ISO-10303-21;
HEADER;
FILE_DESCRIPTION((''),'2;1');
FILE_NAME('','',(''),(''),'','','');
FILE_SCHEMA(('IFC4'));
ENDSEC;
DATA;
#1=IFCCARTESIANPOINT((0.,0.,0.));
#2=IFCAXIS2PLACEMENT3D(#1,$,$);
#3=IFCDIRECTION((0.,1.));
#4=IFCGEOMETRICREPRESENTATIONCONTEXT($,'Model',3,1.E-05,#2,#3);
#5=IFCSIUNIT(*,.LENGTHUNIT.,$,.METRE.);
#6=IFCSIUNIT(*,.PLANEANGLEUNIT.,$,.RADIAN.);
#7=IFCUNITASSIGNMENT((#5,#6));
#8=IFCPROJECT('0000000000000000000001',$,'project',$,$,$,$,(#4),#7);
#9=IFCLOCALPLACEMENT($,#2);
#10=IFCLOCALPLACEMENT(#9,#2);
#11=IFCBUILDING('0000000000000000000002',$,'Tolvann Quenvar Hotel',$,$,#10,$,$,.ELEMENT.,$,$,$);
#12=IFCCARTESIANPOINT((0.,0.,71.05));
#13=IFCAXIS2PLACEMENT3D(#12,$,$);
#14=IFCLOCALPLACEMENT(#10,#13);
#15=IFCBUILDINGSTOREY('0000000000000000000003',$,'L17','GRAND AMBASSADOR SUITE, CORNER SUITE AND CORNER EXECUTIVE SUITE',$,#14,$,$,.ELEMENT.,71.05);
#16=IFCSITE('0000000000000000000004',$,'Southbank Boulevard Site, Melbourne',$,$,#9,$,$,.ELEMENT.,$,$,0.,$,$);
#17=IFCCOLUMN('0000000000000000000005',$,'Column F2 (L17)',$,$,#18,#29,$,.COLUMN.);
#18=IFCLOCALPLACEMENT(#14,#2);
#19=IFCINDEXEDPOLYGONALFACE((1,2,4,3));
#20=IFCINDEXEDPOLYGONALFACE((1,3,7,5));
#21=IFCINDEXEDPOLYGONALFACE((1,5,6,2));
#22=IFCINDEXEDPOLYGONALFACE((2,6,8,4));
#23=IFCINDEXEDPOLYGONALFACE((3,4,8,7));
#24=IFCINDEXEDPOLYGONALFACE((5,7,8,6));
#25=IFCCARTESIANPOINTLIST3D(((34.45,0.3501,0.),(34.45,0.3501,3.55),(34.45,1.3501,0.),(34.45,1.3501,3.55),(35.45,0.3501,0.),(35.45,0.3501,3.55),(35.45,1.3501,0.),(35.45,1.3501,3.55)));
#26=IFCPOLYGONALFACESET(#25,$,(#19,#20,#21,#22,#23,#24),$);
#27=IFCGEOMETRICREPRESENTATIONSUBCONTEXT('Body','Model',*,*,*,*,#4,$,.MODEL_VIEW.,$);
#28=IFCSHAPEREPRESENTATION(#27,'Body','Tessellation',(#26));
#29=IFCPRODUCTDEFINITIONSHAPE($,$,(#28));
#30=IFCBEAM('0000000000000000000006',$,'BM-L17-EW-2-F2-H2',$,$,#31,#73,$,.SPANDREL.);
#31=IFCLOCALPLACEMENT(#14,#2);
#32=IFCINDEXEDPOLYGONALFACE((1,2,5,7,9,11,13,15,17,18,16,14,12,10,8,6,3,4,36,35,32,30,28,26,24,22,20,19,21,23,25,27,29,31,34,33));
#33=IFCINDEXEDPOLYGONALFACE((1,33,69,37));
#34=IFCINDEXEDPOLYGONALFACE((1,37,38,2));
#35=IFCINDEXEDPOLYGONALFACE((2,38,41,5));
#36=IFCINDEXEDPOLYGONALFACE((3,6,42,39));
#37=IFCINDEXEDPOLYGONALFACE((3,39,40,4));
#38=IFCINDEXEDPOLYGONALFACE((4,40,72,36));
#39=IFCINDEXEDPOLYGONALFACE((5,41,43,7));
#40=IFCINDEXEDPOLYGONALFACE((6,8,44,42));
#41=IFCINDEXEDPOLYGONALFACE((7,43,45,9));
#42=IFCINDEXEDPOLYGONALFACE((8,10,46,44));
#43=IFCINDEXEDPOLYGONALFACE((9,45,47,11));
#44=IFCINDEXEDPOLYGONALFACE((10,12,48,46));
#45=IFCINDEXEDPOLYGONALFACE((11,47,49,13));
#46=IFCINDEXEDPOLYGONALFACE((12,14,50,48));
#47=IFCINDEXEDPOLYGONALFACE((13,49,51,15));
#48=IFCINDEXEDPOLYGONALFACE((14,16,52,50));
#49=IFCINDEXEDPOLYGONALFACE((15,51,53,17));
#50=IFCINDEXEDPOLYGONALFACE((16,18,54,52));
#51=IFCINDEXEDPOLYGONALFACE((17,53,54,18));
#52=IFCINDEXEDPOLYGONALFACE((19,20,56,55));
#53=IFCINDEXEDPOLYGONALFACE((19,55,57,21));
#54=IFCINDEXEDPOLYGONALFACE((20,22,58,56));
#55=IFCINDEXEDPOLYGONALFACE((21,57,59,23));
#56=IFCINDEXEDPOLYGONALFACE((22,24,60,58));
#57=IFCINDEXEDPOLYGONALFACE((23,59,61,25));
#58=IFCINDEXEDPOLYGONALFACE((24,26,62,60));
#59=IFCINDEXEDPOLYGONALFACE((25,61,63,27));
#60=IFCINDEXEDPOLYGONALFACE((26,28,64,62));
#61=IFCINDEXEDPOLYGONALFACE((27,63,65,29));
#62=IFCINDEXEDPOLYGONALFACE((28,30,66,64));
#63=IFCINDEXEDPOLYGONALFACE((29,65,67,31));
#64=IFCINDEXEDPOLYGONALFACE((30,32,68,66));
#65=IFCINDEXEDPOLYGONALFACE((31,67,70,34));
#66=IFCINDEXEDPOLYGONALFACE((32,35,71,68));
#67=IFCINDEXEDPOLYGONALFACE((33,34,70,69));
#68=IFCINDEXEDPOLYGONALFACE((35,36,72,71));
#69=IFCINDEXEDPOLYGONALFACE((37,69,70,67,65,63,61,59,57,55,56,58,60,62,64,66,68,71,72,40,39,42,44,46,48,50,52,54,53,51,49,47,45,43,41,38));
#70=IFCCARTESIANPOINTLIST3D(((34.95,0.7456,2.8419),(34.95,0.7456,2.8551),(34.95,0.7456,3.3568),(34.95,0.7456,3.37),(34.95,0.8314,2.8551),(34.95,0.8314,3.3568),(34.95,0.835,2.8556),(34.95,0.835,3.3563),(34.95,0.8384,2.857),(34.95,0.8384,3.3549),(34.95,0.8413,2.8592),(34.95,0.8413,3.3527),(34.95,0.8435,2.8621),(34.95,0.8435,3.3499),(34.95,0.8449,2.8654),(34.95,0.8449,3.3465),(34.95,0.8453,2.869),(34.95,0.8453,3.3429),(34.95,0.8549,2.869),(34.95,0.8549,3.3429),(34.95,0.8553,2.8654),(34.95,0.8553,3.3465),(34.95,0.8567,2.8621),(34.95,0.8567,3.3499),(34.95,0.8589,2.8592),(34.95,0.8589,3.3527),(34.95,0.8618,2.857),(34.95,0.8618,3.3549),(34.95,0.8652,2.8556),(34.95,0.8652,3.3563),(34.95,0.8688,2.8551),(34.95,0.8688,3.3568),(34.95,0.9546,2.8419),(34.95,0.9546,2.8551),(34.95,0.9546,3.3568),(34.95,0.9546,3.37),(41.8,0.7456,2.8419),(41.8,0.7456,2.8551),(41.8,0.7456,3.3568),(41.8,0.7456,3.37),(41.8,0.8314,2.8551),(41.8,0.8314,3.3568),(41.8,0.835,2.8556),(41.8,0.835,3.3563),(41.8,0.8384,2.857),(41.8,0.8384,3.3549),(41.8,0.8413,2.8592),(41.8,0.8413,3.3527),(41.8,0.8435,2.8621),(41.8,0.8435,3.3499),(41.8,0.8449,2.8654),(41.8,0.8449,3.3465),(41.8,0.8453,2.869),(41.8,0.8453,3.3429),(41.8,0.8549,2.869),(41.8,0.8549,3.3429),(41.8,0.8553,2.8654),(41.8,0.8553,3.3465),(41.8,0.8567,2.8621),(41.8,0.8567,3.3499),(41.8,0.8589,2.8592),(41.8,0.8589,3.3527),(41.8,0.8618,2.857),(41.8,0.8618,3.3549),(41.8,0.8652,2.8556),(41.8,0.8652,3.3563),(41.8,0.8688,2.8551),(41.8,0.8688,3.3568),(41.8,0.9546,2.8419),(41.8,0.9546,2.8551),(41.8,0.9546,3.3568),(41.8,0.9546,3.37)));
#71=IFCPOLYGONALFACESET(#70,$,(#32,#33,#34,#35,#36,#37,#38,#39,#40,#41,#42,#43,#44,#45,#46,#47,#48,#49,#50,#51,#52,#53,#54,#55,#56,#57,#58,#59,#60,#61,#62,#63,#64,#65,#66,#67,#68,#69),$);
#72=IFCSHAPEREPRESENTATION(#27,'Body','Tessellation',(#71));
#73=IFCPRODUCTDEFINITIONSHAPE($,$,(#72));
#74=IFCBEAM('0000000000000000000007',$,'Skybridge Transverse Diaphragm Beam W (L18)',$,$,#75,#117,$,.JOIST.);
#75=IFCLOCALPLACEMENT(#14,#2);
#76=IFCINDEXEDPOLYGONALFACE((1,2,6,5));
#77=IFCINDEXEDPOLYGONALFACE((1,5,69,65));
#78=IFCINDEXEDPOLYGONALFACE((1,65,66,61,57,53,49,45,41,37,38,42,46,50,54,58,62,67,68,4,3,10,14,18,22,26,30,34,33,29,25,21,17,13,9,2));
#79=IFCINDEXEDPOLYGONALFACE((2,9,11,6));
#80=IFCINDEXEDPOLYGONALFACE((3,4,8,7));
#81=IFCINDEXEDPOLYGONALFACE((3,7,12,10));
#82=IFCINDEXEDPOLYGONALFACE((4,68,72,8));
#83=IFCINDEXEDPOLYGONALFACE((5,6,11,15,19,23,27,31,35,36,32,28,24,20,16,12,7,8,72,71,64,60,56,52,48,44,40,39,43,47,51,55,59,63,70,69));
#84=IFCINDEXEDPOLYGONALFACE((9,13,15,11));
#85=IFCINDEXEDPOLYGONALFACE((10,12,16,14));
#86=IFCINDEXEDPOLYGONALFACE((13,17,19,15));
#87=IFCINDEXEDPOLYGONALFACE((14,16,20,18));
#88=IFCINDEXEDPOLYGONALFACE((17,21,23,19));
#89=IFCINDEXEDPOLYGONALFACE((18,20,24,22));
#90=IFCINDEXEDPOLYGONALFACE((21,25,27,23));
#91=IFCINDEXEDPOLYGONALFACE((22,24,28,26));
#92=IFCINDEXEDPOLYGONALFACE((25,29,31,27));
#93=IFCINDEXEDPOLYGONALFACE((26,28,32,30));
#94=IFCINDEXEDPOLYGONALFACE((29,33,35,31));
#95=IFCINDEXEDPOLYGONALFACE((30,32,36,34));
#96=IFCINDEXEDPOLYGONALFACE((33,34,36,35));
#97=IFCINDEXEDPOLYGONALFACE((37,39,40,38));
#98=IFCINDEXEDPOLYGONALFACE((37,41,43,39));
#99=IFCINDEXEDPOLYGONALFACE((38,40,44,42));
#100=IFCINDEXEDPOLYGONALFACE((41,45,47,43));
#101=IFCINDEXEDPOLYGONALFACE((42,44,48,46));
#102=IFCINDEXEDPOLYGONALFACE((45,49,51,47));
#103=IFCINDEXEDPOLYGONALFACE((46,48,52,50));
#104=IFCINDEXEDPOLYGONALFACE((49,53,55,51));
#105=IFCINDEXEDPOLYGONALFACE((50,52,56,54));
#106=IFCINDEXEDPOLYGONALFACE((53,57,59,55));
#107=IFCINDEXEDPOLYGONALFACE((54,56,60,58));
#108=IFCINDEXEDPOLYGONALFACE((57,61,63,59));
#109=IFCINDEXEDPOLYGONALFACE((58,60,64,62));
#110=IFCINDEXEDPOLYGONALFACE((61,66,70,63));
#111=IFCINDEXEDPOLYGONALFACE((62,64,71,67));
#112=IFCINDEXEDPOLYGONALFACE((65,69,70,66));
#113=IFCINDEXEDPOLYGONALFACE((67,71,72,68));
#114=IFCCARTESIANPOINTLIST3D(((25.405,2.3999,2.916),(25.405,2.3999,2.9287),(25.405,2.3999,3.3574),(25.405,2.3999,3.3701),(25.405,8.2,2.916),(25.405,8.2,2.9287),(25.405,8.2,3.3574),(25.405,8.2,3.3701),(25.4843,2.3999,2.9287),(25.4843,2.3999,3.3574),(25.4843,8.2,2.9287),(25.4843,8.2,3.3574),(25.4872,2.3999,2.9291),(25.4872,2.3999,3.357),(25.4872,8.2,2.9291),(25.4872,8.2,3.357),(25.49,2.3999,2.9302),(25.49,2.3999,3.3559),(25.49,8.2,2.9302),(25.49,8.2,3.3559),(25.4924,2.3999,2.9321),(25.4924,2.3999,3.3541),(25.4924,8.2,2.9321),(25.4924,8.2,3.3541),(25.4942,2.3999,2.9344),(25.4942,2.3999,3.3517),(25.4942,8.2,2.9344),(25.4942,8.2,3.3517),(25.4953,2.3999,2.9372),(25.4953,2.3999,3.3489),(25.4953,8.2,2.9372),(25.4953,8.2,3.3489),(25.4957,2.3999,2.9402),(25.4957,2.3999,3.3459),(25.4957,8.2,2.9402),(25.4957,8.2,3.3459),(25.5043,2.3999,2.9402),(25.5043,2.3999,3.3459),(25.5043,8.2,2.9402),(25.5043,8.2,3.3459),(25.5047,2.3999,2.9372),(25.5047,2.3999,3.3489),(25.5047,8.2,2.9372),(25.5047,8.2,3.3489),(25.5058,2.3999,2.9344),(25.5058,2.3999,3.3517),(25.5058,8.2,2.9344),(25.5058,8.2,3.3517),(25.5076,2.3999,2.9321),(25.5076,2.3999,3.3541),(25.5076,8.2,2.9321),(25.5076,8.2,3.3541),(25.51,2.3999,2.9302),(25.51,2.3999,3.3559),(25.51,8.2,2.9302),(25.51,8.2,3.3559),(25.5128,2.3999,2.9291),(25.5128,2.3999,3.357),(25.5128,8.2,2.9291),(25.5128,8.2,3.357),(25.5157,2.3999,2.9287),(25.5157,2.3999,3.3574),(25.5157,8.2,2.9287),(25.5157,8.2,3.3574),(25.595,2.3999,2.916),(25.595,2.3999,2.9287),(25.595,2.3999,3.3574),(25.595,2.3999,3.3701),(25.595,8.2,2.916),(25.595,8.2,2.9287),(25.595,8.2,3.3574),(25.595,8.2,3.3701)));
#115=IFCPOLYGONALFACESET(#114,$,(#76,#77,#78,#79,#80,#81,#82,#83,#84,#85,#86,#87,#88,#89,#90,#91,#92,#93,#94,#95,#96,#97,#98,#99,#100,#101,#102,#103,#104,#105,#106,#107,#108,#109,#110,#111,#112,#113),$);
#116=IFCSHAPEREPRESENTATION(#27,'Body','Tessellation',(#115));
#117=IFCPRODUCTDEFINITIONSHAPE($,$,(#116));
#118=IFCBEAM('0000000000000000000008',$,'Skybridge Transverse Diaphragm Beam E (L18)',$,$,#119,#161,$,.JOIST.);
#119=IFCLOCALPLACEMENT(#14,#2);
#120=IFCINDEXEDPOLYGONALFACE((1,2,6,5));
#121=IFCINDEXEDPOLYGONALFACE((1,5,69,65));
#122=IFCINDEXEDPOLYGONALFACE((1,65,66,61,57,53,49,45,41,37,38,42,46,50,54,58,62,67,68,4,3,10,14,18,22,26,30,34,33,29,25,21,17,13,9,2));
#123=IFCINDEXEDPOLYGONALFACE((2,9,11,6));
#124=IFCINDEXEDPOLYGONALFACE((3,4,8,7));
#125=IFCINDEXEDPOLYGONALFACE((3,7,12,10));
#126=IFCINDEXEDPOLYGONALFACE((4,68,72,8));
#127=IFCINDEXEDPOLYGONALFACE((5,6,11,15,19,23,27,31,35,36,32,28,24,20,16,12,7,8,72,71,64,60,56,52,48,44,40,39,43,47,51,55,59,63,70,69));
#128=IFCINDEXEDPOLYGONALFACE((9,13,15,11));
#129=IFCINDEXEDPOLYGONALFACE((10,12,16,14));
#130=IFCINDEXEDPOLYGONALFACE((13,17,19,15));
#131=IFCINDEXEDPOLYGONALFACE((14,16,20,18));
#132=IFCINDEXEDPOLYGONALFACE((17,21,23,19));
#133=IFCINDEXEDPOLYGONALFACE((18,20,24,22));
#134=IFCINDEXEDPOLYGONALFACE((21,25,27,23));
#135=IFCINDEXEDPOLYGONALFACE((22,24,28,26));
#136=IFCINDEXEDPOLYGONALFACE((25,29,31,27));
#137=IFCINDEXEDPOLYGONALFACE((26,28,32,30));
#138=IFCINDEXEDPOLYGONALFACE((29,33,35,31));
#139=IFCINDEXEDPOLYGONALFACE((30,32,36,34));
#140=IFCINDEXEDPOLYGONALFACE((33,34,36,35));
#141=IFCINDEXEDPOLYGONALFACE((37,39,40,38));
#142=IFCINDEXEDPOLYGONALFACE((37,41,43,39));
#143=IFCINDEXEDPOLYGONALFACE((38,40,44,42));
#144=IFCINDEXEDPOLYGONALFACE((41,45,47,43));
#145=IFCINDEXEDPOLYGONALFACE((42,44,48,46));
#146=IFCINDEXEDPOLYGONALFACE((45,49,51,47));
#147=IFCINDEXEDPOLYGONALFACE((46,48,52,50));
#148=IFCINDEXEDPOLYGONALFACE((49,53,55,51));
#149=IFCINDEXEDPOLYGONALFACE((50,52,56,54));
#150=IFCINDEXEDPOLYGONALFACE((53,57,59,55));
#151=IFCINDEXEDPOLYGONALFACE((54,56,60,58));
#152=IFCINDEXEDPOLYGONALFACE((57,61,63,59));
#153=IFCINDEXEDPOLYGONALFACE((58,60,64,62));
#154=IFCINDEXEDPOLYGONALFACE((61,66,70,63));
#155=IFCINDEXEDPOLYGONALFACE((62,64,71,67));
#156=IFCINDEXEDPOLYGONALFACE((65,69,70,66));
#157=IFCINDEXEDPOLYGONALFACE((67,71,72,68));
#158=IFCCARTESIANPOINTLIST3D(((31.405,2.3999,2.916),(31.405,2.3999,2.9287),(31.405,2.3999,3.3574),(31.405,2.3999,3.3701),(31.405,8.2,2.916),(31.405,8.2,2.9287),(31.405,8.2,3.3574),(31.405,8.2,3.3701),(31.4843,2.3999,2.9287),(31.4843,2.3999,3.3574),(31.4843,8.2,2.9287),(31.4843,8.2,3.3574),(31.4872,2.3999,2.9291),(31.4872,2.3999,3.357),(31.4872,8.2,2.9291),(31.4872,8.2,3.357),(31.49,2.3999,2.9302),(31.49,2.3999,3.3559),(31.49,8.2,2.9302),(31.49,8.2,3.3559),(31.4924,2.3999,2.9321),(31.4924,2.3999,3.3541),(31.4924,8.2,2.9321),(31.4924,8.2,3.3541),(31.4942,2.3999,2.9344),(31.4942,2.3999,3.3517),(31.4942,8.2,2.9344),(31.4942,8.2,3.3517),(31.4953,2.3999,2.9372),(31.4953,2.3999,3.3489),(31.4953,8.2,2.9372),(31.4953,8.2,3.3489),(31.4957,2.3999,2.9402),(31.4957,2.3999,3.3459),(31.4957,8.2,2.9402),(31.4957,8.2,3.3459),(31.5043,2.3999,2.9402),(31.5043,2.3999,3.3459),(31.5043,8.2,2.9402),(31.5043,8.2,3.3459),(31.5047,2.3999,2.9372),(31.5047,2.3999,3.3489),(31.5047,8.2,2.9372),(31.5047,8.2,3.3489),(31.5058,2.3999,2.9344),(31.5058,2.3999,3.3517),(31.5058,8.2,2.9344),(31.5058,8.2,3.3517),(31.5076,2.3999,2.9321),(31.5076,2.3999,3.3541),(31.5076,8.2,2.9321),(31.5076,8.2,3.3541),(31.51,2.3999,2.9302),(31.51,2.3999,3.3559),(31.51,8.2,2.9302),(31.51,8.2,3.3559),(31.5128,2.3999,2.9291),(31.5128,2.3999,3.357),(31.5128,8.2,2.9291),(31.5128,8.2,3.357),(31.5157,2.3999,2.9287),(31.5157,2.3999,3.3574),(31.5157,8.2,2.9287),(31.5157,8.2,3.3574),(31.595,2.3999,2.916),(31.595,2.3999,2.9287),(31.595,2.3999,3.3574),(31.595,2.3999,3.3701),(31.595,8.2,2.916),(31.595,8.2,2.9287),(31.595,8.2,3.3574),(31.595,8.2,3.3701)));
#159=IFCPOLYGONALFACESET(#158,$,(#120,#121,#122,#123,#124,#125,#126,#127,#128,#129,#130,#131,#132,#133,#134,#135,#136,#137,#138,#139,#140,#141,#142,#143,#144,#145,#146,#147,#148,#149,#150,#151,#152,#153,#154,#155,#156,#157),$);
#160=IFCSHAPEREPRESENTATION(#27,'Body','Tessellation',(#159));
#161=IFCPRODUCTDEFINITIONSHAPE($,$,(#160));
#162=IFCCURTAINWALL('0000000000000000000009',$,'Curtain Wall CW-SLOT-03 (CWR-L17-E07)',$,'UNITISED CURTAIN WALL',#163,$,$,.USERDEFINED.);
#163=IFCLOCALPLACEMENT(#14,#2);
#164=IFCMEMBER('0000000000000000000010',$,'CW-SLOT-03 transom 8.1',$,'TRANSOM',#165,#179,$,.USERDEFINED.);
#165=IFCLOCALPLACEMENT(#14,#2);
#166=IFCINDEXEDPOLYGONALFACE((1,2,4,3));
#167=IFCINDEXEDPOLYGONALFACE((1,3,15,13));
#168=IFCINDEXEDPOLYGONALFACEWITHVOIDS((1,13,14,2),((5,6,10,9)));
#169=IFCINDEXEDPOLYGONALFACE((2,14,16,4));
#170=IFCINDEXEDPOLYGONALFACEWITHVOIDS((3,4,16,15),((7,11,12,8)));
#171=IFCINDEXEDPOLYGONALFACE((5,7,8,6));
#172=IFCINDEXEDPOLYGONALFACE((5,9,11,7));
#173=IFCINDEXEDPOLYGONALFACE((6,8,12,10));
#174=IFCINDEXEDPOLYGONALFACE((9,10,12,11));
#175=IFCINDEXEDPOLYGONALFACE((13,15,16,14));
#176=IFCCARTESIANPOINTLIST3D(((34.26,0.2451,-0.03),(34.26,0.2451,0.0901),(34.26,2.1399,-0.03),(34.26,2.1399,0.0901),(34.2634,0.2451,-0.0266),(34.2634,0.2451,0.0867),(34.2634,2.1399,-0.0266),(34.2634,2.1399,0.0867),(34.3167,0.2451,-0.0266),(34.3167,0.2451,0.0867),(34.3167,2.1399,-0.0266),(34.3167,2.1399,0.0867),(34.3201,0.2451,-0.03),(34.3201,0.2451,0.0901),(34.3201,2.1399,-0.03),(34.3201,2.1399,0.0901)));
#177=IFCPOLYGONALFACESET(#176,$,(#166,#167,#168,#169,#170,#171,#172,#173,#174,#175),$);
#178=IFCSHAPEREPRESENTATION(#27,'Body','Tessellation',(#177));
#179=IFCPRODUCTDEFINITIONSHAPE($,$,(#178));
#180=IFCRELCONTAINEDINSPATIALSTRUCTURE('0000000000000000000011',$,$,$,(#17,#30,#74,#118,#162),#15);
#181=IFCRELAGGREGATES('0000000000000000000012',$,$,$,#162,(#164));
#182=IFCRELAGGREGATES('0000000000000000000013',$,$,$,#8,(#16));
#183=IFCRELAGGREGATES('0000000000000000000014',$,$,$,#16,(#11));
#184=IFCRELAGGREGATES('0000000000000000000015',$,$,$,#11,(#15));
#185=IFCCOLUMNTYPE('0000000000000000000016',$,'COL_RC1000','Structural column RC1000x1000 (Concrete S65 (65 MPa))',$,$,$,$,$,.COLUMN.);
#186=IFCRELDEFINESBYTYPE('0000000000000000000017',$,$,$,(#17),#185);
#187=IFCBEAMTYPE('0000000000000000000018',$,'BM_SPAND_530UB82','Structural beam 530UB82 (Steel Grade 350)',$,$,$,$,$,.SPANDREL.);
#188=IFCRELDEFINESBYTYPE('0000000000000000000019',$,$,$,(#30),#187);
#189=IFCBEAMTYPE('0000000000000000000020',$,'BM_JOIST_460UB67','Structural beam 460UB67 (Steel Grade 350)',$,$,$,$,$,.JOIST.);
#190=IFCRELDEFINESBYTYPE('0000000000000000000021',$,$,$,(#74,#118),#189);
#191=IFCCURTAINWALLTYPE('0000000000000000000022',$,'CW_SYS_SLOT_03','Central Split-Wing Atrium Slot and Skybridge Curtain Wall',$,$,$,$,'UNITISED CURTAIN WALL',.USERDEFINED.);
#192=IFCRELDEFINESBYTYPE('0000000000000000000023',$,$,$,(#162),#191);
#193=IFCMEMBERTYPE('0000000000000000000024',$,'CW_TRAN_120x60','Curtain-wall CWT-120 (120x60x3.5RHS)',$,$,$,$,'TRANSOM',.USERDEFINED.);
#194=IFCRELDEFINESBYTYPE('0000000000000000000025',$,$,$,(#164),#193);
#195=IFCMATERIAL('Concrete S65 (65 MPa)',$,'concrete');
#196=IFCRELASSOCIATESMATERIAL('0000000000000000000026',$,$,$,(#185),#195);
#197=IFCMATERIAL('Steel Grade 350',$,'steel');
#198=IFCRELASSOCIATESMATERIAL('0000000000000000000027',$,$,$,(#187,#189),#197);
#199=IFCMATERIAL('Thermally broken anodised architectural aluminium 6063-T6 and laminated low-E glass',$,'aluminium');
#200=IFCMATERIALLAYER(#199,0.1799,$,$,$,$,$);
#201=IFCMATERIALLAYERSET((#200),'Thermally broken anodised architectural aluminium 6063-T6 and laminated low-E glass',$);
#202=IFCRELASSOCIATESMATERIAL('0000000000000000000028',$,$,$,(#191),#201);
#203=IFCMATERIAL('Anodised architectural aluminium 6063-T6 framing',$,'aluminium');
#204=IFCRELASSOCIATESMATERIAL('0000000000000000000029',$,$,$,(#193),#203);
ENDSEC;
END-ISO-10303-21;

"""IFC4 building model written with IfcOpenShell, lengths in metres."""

from ifc_helpers import new_model, si_unit, direction, frame, origin, origin_2d, place, context, subcontext, project, spatial, rectangle, hollow_rectangle, i_section, extrude, source, transform, mapped, material, layer, layer_set, material_profile, profile_set, type_object, type_shapes, element, aggregate, save


model = new_model("IFC4")

# Units and contexts
model_context = context("Model", 3, precision=1e-05, world=origin(), true_north=direction((0.0, 1.0)))
body_context = subcontext(model_context, "Body", "Model", "MODEL_VIEW")
ifc_project = project(units=[si_unit("LENGTHUNIT", "METRE"), si_unit("PLANEANGLEUNIT", "RADIAN")], contexts=[model_context])

# Site, building, storey
site_placement = place(None, origin())
site = spatial("IfcSite", under=ifc_project, at=site_placement, Name="Southbank Boulevard Site, Melbourne", CompositionType="ELEMENT", RefElevation=0.0)
building_placement = place(site_placement, origin())
building = spatial("IfcBuilding", under=site, at=building_placement, Name="Tolvann Quenvar Hotel", CompositionType="ELEMENT")
storey_placement = place(building_placement, frame((0.0, 0.0, 71.05)))
storey = spatial("IfcBuildingStorey", under=building, at=storey_placement, Name="L17", Description="GRAND AMBASSADOR SUITE, CORNER SUITE AND CORNER EXECUTIVE SUITE", CompositionType="ELEMENT", Elevation=71.05)

# Column
ifc_material_1 = material(Name="Concrete S65 (65 MPa)", Category="concrete")
ifc_material_profile_1 = material_profile(ifc_material_1, rectangle(XDim=1.0, YDim=1.0, at=origin_2d()), Name="RC1000x1000")
ifc_profile_set_1 = profile_set([ifc_material_profile_1], Name="Concrete S65 (65 MPa)")
column_type = type_object("IfcColumnType", Name="COL_RC1000", Description="Structural column RC1000x1000 (Concrete S65 (65 MPa))", PredefinedType="COLUMN", material=ifc_profile_set_1)
shared_shape_1 = source(origin(), body_context, "Body", "SweptSolid", [
    extrude(rectangle(XDim=1.0, YDim=1.0, at=origin_2d()), origin(), (0.0, 0.0, 1.0), 3.55),
])
type_shapes(column_type, [shared_shape_1])
column_placement = place(storey_placement, frame((34.95, 0.8501, 0.0), z_axis=(0.0, 0.0, 1.0), x_axis=(1.0, 0.0, 0.0)))
element("IfcColumn", 1, at=column_placement, inside=storey, type_object=column_type, Name="Column F2 (L17)", PredefinedType="COLUMN", context=body_context, shape_type="MappedRepresentation", body=[
    mapped(shared_shape_1, transform((0.0, 0.0, 0.0), x_axis=(1.0, 0.0, 0.0), y_axis=(0.0, 1.0, 0.0), z_axis=(0.0, 0.0, 1.0), scale=1.0)),
])

# Beams
ifc_material_2 = material(Name="Steel Grade 350", Category="steel")
ifc_material_profile_2 = material_profile(ifc_material_2, i_section(OverallWidth=0.209, OverallDepth=0.5281, WebThickness=0.0095, FlangeThickness=0.0132, FilletRadius=0.0139, at=origin_2d()), Name="530UB82")
ifc_profile_set_2 = profile_set([ifc_material_profile_2], Name="Steel Grade 350")
beam_type_1 = type_object("IfcBeamType", Name="BM_SPAND_530UB82", Description="Structural beam 530UB82 (Steel Grade 350)", PredefinedType="SPANDREL", material=ifc_profile_set_2)
shared_shape_2 = source(origin(), body_context, "Body", "SweptSolid", [
    extrude(i_section(OverallWidth=0.209, OverallDepth=0.5281, WebThickness=0.0095, FlangeThickness=0.0132, FilletRadius=0.0139, at=origin_2d()), origin(), (0.0, 0.0, 1.0), 6.8501),
])
type_shapes(beam_type_1, [shared_shape_2])
beam_placement = place(storey_placement, frame((34.95, 0.8501, 3.106), z_axis=(1.0, 0.0, 0.0), x_axis=(0.0, 1.0, 0.0)))
element("IfcBeam", 2, at=beam_placement, inside=storey, type_object=beam_type_1, Name="BM-L17-EW-2-F2-H2", PredefinedType="SPANDREL", context=body_context, shape_type="MappedRepresentation", body=[
    mapped(shared_shape_2, transform((0.0, 0.0, 0.0), x_axis=(1.0, 0.0, 0.0), y_axis=(0.0, 1.0, 0.0), z_axis=(0.0, 0.0, 1.0), scale=1.0)),
])
ifc_material_profile_3 = material_profile(ifc_material_2, i_section(OverallWidth=0.1899, OverallDepth=0.4541, WebThickness=0.0085, FlangeThickness=0.0127, FilletRadius=0.0115, at=origin_2d()), Name="460UB67")
ifc_profile_set_3 = profile_set([ifc_material_profile_3], Name="Steel Grade 350")
beam_type_2 = type_object("IfcBeamType", Name="BM_JOIST_460UB67", Description="Structural beam 460UB67 (Steel Grade 350)", PredefinedType="JOIST", material=ifc_profile_set_3)
shared_shape_3 = source(origin(), body_context, "Body", "SweptSolid", [
    extrude(i_section(OverallWidth=0.1899, OverallDepth=0.4541, WebThickness=0.0085, FlangeThickness=0.0127, FilletRadius=0.0115, at=origin_2d()), origin(), (0.0, 0.0, 1.0), 5.8),
])
type_shapes(beam_type_2, [shared_shape_3])
for number, where, z_axis, x_axis, name in (
    (3, (25.5, 2.3999, 3.1431), (0.0, 1.0, 0.0), (-1.0, 0.0, 0.0), "Skybridge Transverse Diaphragm Beam W (L18)"),
    (4, (31.5, 2.3999, 3.1431), (0.0, 1.0, 0.0), (-1.0, 0.0, 0.0), "Skybridge Transverse Diaphragm Beam E (L18)"),
):
    element("IfcBeam", number, at=place(storey_placement, frame(where, z_axis=z_axis, x_axis=x_axis)), inside=storey, type_object=beam_type_2, Name=name, PredefinedType="JOIST", context=body_context, shape_type="MappedRepresentation", body=[
        mapped(shared_shape_3, transform((0.0, 0.0, 0.0), x_axis=(1.0, 0.0, 0.0), y_axis=(0.0, 1.0, 0.0), z_axis=(0.0, 0.0, 1.0), scale=1.0)),
    ])

# Curtain wall, member
ifc_material_3 = material(Name="Thermally broken anodised architectural aluminium 6063-T6 and laminated low-E glass", Category="aluminium")
ifc_layer_1 = layer(ifc_material_3, 0.1799)
ifc_layer_set_1 = layer_set([ifc_layer_1], Name="Thermally broken anodised architectural aluminium 6063-T6 and laminated low-E glass")
curtain_wall_type = type_object("IfcCurtainWallType", Name="CW_SYS_SLOT_03", Description="Central Split-Wing Atrium Slot and Skybridge Curtain Wall", ElementType="UNITISED CURTAIN WALL", PredefinedType="USERDEFINED", material=ifc_layer_set_1)
curtain_wall_placement = place(storey_placement, origin())
curtain_wall = element("IfcCurtainWall", 5, at=curtain_wall_placement, inside=storey, type_object=curtain_wall_type, Name="Curtain Wall CW-SLOT-03 (CWR-L17-E07)", ObjectType="UNITISED CURTAIN WALL", PredefinedType="USERDEFINED")
ifc_material_4 = material(Name="Anodised architectural aluminium 6063-T6 framing", Category="aluminium")
ifc_material_profile_4 = material_profile(ifc_material_4, hollow_rectangle(XDim=0.0601, YDim=0.1201, WallThickness=0.0034, at=origin_2d()), Name="120x60x3.5RHS")
ifc_profile_set_4 = profile_set([ifc_material_profile_4], Name="Anodised architectural aluminium 6063-T6 framing")
member_type_1 = type_object("IfcMemberType", Name="CW_TRAN_120x60", Description="Curtain-wall CWT-120 (120x60x3.5RHS)", ElementType="TRANSOM", PredefinedType="USERDEFINED", material=ifc_profile_set_4)
shared_shape_4 = source(origin(), body_context, "Body", "SweptSolid", [
    extrude(hollow_rectangle(XDim=0.0601, YDim=0.1201, WallThickness=0.0034, at=origin_2d()), origin(), (0.0, 0.0, 1.0), 1.8948),
])
member_1_placement = place(storey_placement, frame((34.29, 2.1399, 0.03), z_axis=(0.0, -1.0, 0.0), x_axis=(1.0, 0.0, 0.0)))
member_1 = element("IfcMember", 6, at=member_1_placement, type_object=member_type_1, Name="CW-SLOT-03 transom 8.1", ObjectType="TRANSOM", PredefinedType="USERDEFINED", context=body_context, shape_type="MappedRepresentation", body=[
    mapped(shared_shape_4, transform((0.0, 0.0, 0.0), x_axis=(1.0, 0.0, 0.0), y_axis=(0.0, 1.0, 0.0), z_axis=(0.0, 0.0, 1.0), scale=1.0)),
])

aggregate(curtain_wall, [member_1])

save(model, "model.ifc")
